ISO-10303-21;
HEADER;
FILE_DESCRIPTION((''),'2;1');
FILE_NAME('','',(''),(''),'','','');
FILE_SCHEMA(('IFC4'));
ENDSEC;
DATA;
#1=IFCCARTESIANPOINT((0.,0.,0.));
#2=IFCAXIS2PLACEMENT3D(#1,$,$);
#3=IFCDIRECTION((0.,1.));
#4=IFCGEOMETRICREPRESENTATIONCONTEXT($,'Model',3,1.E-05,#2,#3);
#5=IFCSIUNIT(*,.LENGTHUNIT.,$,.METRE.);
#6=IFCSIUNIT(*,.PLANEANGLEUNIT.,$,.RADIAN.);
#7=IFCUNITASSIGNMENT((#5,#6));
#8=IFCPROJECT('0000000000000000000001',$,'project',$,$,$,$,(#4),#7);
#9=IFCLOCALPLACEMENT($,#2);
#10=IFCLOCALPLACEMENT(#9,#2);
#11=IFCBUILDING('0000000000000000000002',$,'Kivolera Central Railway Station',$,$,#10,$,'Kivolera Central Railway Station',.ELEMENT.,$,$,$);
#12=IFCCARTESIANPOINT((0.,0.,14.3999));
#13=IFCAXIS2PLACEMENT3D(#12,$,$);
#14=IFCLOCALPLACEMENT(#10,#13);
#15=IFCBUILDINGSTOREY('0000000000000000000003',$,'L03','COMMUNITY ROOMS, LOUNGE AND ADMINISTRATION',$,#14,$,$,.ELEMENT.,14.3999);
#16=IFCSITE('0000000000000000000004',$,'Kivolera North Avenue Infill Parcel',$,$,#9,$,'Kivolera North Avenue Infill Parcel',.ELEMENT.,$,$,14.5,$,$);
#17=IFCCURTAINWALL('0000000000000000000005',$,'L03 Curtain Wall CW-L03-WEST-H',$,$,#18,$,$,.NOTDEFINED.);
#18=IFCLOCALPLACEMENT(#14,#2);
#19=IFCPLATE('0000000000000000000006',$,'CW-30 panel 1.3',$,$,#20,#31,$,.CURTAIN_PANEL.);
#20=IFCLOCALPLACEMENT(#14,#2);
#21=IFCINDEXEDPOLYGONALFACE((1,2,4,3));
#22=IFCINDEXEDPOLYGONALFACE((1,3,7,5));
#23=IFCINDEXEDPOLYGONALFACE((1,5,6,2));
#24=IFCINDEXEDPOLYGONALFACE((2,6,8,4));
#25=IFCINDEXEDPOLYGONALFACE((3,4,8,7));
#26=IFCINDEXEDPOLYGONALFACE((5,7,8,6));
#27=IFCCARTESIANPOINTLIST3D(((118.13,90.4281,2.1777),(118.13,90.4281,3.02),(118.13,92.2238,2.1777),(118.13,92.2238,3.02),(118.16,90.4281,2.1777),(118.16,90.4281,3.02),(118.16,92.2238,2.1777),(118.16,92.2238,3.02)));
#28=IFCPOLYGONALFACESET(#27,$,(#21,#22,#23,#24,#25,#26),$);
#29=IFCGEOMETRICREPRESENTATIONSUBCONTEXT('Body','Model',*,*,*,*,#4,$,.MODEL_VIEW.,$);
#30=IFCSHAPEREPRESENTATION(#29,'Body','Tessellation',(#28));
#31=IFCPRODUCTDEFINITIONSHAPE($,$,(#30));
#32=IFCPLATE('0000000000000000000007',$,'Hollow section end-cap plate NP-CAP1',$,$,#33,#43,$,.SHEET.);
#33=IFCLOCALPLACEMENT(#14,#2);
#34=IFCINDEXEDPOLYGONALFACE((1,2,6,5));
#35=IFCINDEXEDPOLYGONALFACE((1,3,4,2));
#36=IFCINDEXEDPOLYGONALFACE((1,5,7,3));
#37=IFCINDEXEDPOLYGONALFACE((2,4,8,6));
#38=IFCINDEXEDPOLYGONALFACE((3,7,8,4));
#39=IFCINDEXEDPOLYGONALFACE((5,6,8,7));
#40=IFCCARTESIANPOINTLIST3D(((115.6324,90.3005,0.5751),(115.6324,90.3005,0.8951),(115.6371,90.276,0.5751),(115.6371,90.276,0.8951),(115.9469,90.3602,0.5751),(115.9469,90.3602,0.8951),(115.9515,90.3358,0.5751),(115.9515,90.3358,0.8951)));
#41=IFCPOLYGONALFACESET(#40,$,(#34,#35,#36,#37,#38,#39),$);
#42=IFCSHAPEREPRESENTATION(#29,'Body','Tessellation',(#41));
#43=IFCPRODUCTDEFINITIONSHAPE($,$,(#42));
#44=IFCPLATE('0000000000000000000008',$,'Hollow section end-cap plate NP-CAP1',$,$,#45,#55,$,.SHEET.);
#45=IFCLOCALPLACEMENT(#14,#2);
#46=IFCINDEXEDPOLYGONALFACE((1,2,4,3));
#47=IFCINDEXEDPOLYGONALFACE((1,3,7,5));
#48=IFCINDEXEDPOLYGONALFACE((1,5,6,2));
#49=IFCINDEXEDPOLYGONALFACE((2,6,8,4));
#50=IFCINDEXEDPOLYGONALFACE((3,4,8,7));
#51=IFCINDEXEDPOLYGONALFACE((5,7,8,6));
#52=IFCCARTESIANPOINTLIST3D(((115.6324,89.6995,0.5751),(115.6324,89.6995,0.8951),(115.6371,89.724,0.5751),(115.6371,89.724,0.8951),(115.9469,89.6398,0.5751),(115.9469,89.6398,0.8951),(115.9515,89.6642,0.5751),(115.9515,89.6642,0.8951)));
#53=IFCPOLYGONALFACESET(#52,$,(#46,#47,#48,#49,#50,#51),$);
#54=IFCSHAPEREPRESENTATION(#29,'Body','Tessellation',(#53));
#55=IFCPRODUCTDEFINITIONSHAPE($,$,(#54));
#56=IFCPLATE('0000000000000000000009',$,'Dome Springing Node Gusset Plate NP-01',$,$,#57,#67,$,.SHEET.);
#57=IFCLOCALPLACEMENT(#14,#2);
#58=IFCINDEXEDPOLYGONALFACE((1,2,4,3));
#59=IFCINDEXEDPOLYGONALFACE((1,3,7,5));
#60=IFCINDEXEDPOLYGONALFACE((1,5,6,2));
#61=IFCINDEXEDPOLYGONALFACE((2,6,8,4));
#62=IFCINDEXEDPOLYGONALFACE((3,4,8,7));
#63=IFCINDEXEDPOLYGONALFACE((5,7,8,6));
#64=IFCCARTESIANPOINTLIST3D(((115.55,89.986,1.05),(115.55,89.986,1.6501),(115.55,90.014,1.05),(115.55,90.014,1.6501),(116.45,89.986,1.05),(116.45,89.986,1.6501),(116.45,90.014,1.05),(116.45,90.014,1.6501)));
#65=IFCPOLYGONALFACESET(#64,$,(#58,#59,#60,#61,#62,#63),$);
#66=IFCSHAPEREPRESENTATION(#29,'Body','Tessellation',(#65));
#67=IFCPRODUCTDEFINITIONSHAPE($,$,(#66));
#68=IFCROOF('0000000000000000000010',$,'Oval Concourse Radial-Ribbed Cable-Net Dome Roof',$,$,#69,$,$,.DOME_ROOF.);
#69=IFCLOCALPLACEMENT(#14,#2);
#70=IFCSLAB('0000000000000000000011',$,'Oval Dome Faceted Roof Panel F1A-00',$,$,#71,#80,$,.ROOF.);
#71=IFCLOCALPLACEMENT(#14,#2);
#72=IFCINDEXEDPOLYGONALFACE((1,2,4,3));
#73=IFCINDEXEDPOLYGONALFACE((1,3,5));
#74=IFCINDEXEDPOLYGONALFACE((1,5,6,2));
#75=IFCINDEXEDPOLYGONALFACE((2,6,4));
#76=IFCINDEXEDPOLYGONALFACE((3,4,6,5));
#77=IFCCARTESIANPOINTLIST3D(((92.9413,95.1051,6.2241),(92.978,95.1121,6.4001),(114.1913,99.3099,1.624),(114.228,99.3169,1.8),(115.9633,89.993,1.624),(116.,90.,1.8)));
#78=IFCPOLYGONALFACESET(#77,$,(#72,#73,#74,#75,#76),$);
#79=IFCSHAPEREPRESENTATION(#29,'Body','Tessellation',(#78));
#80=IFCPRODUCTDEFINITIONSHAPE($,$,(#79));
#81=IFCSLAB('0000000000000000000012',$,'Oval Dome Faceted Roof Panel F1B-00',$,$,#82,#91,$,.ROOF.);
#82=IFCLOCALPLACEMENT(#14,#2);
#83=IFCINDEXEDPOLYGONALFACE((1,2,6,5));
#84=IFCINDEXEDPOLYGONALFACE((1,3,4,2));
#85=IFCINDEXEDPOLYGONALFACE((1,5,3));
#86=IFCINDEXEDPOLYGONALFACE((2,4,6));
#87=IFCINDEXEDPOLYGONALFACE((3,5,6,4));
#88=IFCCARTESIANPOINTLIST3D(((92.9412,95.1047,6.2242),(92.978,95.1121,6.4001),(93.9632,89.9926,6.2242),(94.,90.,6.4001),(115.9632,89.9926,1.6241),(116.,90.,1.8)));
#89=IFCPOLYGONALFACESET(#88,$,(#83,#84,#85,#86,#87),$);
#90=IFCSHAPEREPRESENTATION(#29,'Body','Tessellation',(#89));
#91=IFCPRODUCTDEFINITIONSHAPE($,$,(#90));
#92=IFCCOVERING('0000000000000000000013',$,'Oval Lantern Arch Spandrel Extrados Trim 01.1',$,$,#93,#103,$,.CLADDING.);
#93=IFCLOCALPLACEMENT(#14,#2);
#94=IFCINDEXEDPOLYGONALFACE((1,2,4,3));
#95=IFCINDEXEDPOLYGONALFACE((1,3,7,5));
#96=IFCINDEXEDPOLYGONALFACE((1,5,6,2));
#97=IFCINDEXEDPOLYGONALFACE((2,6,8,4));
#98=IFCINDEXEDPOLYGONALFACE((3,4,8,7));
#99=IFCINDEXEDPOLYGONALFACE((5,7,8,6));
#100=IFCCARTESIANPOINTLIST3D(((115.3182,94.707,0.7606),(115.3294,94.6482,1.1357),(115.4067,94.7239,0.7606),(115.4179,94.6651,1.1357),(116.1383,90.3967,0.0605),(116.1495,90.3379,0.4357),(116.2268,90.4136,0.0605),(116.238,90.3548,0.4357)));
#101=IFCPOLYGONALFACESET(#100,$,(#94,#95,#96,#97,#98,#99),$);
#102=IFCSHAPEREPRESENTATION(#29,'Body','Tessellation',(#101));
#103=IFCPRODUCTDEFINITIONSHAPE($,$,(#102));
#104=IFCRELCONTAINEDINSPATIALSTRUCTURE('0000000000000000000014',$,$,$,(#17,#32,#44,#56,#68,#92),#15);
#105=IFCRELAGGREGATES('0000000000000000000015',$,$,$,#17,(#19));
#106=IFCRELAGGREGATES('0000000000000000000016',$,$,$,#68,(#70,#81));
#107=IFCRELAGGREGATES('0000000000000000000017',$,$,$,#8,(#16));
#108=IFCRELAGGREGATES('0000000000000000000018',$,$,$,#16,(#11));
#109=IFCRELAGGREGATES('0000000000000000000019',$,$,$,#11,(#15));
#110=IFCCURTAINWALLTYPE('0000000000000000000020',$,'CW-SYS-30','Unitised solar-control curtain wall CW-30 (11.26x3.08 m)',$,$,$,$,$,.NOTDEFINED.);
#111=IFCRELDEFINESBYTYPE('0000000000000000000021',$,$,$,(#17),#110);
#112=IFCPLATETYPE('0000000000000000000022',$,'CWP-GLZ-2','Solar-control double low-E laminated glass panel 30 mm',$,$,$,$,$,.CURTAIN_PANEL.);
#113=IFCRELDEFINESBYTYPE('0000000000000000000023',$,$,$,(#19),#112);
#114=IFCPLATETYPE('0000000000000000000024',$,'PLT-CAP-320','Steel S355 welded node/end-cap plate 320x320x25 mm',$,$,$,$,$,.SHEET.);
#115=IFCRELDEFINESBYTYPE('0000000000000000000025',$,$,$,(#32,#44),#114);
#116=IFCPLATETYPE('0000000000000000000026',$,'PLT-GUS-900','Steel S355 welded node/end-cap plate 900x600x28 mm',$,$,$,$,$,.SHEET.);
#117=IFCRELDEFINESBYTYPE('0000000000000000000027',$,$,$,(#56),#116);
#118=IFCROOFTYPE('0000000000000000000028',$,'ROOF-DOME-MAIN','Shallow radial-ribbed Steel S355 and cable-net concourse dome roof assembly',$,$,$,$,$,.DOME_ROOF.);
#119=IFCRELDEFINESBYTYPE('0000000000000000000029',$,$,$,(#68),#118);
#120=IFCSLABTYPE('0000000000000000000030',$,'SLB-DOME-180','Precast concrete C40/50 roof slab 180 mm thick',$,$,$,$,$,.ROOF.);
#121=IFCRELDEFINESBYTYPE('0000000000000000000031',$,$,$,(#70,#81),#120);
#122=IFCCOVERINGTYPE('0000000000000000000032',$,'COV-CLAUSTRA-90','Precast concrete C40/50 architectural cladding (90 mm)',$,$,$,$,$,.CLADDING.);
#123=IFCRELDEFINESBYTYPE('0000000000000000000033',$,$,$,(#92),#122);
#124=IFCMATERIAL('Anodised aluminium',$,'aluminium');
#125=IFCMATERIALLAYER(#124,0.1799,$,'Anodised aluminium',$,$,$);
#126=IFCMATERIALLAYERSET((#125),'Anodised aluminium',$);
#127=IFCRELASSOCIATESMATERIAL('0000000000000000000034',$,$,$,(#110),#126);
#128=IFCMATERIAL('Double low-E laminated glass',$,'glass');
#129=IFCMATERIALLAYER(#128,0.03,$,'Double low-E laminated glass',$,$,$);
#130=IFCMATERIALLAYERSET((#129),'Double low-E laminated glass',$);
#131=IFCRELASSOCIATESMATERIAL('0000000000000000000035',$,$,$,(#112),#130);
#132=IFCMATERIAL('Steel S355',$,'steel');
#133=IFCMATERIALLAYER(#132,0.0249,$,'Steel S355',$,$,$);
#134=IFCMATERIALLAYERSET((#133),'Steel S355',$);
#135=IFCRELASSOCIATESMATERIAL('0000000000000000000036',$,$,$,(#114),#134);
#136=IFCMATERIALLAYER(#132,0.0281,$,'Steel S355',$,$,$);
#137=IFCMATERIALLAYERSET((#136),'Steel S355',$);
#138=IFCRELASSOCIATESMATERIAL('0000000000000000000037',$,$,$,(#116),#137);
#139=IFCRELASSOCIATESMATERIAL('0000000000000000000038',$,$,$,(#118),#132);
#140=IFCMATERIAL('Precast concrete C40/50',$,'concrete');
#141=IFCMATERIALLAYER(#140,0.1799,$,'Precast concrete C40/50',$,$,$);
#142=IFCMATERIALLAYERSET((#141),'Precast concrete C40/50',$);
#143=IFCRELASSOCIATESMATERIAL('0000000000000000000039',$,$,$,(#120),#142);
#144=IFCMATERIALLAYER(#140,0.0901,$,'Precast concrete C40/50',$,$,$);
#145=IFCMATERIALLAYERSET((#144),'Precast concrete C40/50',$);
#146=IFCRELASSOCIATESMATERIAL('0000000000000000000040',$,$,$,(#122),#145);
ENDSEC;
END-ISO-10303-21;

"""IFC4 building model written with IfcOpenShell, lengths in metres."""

from ifc_helpers import new_model, si_unit, direction, frame, origin, origin_2d, place, context, subcontext, project, spatial, polyline, rectangle, outline, extrude, material, layer, layer_set, type_object, element, aggregate, save


model = new_model("IFC4")

# Units and contexts
model_context = context("Model", 3, precision=1e-05, world=origin(), true_north=direction((0.0, 1.0)))
body_context = subcontext(model_context, "Body", "Model", "MODEL_VIEW")
ifc_project = project(units=[si_unit("LENGTHUNIT", "METRE"), si_unit("PLANEANGLEUNIT", "RADIAN")], contexts=[model_context])

# Site, building, storey
site_placement = place(None, origin())
site = spatial("IfcSite", under=ifc_project, at=site_placement, Name="Kivolera North Avenue Infill Parcel", LongName="Kivolera North Avenue Infill Parcel", CompositionType="ELEMENT", RefElevation=14.5)
building_placement = place(site_placement, origin())
building = spatial("IfcBuilding", under=site, at=building_placement, Name="Kivolera Central Railway Station", LongName="Kivolera Central Railway Station", CompositionType="ELEMENT")
storey_placement = place(building_placement, frame((0.0, 0.0, 14.3999)))
storey = spatial("IfcBuildingStorey", under=building, at=storey_placement, Name="L03", Description="COMMUNITY ROOMS, LOUNGE AND ADMINISTRATION", CompositionType="ELEMENT", Elevation=14.3999)

# Shared definitions
ifc_material_1 = material(Name="Steel S355", Category="steel")

# Shared definitions
ifc_material_2 = material(Name="Anodised aluminium", Category="aluminium")
ifc_layer_1 = layer(ifc_material_2, 0.1799, Name="Anodised aluminium")
ifc_layer_set_1 = layer_set([ifc_layer_1], Name="Anodised aluminium")
curtain_wall_type = type_object("IfcCurtainWallType", Name="CW-SYS-30", Description="Unitised solar-control curtain wall CW-30 (11.26x3.08 m)", PredefinedType="NOTDEFINED", material=ifc_layer_set_1)

# Curtain wall
curtain_wall_1_placement = place(storey_placement, origin())
curtain_wall_1 = element("IfcCurtainWall", 1, at=curtain_wall_1_placement, inside=storey, type_object=curtain_wall_type, Name="L03 Curtain Wall CW-L03-WEST-H", PredefinedType="NOTDEFINED")

# Plate
ifc_material_3 = material(Name="Double low-E laminated glass", Category="glass")
ifc_layer_2 = layer(ifc_material_3, 0.03, Name="Double low-E laminated glass")
ifc_layer_set_2 = layer_set([ifc_layer_2], Name="Double low-E laminated glass")
plate_type_1 = type_object("IfcPlateType", Name="CWP-GLZ-2", Description="Solar-control double low-E laminated glass panel 30 mm", PredefinedType="CURTAIN_PANEL", material=ifc_layer_set_2)
plate_1_placement = place(storey_placement, frame((118.145, 91.3259, 2.1777), z_axis=(0.0, 0.0, 1.0), x_axis=(0.0, 1.0, 0.0)))
plate_1 = element("IfcPlate", 2, at=plate_1_placement, type_object=plate_type_1, Name="CW-30 panel 1.3", PredefinedType="CURTAIN_PANEL", context=body_context, shape_type="SweptSolid", body=[
    extrude(rectangle(XDim=1.7957, YDim=0.03, at=origin_2d()), origin(), (0.0, 0.0, 1.0), 0.8423),
])
aggregate(curtain_wall_1, [plate_1])

# Plates
ifc_layer_3 = layer(ifc_material_1, 0.0249, Name="Steel S355")
ifc_layer_set_3 = layer_set([ifc_layer_3], Name="Steel S355")
plate_type_2 = type_object("IfcPlateType", Name="PLT-CAP-320", Description="Steel S355 welded node/end-cap plate 320x320x25 mm", PredefinedType="SHEET", material=ifc_layer_set_3)
for number, where, z_axis, x_axis, name in (
    (3, (115.792, 90.3181, 0.7351), (-0.186814, 0.982395, 0.0), (-0.982395, -0.186814, 0.0), "Hollow section end-cap plate NP-CAP1"),
    (4, (115.792, 89.6819, 0.7351), (0.186814, 0.982395, 0.0), (-0.982395, 0.186814, 0.0), "Hollow section end-cap plate NP-CAP1"),
):
    element("IfcPlate", number, at=place(storey_placement, frame(where, z_axis=z_axis, x_axis=x_axis)), inside=storey, type_object=plate_type_2, Name=name, PredefinedType="SHEET", context=body_context, shape_type="SweptSolid", body=[
        extrude(rectangle(XDim=0.3201, YDim=0.3201, at=origin_2d()), frame((0.0, 0.0, -0.0125)), (0.0, 0.0, 1.0), 0.0249),
    ])
ifc_layer_4 = layer(ifc_material_1, 0.0281, Name="Steel S355")
ifc_layer_set_4 = layer_set([ifc_layer_4], Name="Steel S355")
plate_type_3 = type_object("IfcPlateType", Name="PLT-GUS-900", Description="Steel S355 welded node/end-cap plate 900x600x28 mm", PredefinedType="SHEET", material=ifc_layer_set_4)
plate_2_placement = place(storey_placement, frame((116.0, 90.0, 1.05), z_axis=(0.0, 0.0, 1.0), x_axis=(1.0, 0.0, 0.0)))
element("IfcPlate", 5, at=plate_2_placement, inside=storey, type_object=plate_type_3, Name="Dome Springing Node Gusset Plate NP-01", PredefinedType="SHEET", context=body_context, shape_type="SweptSolid", body=[
    extrude(rectangle(XDim=0.8999, YDim=0.0281, at=origin_2d()), origin(), (0.0, 0.0, 1.0), 0.6001),
])

# Roof, slabs
roof_type = type_object("IfcRoofType", Name="ROOF-DOME-MAIN", Description="Shallow radial-ribbed Steel S355 and cable-net concourse dome roof assembly", PredefinedType="DOME_ROOF", material=ifc_material_1)
roof_placement = place(storey_placement, origin())
roof = element("IfcRoof", 6, at=roof_placement, inside=storey, type_object=roof_type, Name="Oval Concourse Radial-Ribbed Cable-Net Dome Roof", PredefinedType="DOME_ROOF")
ifc_material_4 = material(Name="Precast concrete C40/50", Category="concrete")
ifc_layer_5 = layer(ifc_material_4, 0.1799, Name="Precast concrete C40/50")
ifc_layer_set_5 = layer_set([ifc_layer_5], Name="Precast concrete C40/50")
slab_type = type_object("IfcSlabType", Name="SLB-DOME-180", Description="Precast concrete C40/50 roof slab 180 mm thick", PredefinedType="ROOF", material=ifc_layer_set_5)
slab_1_placement = place(storey_placement, frame((116.0, 90.0, 1.8), z_axis=(0.204073, 0.038812, 0.978186), x_axis=(-0.18684, 0.98239, 0.0)))
slab_1 = element("IfcSlab", 7, at=slab_1_placement, type_object=slab_type, Name="Oval Dome Faceted Roof Panel F1A-00", PredefinedType="ROOF", context=body_context, shape_type="SweptSolid", body=[
    extrude(outline(polyline([(0.0, 0.0), (9.4839, 0.0), (9.3235, 22.1445), (0.0, 0.0)])), origin(), (0.0, 0.0, -1.0), 0.1799),
])
slab_2_placement = place(storey_placement, frame((116.0, 90.0, 1.8), z_axis=(0.204498, 0.040882, 0.978013), x_axis=(-0.958164, 0.212762, 0.191454)))
slab_2 = element("IfcSlab", 8, at=slab_2_placement, type_object=slab_type, Name="Oval Dome Faceted Roof Panel F1B-00", PredefinedType="ROOF", context=body_context, shape_type="SweptSolid", body=[
    extrude(outline(polyline([(0.0, 0.0), (24.0272, 0.0), (21.9603, 4.786), (0.0, 0.0)])), origin(), (0.0, 0.0, -1.0), 0.1799),
])
aggregate(roof, [slab_1, slab_2])

# Covering
ifc_layer_6 = layer(ifc_material_4, 0.0901, Name="Precast concrete C40/50")
ifc_layer_set_6 = layer_set([ifc_layer_6], Name="Precast concrete C40/50")
covering_type = type_object("IfcCoveringType", Name="COV-CLAUSTRA-90", Description="Precast concrete C40/50 architectural cladding (90 mm)", PredefinedType="CLADDING", material=ifc_layer_set_6)
covering_placement = place(storey_placement, frame((115.7781, 92.531, 0.5981), z_axis=(-0.184568, 0.970108, 0.157558), x_axis=(0.98239, 0.186841, 0.0)))
element("IfcCovering", 9, at=covering_placement, inside=storey, type_object=covering_type, Name="Oval Lantern Arch Spandrel Extrados Trim 01.1", PredefinedType="CLADDING", context=body_context, shape_type="SweptSolid", body=[
    extrude(rectangle(XDim=0.0901, YDim=0.3799, at=origin_2d()), frame((0.0, 0.0, -2.2217)), (0.0, 0.0, 1.0), 4.4431),
])

save(model, "model.ifc")
